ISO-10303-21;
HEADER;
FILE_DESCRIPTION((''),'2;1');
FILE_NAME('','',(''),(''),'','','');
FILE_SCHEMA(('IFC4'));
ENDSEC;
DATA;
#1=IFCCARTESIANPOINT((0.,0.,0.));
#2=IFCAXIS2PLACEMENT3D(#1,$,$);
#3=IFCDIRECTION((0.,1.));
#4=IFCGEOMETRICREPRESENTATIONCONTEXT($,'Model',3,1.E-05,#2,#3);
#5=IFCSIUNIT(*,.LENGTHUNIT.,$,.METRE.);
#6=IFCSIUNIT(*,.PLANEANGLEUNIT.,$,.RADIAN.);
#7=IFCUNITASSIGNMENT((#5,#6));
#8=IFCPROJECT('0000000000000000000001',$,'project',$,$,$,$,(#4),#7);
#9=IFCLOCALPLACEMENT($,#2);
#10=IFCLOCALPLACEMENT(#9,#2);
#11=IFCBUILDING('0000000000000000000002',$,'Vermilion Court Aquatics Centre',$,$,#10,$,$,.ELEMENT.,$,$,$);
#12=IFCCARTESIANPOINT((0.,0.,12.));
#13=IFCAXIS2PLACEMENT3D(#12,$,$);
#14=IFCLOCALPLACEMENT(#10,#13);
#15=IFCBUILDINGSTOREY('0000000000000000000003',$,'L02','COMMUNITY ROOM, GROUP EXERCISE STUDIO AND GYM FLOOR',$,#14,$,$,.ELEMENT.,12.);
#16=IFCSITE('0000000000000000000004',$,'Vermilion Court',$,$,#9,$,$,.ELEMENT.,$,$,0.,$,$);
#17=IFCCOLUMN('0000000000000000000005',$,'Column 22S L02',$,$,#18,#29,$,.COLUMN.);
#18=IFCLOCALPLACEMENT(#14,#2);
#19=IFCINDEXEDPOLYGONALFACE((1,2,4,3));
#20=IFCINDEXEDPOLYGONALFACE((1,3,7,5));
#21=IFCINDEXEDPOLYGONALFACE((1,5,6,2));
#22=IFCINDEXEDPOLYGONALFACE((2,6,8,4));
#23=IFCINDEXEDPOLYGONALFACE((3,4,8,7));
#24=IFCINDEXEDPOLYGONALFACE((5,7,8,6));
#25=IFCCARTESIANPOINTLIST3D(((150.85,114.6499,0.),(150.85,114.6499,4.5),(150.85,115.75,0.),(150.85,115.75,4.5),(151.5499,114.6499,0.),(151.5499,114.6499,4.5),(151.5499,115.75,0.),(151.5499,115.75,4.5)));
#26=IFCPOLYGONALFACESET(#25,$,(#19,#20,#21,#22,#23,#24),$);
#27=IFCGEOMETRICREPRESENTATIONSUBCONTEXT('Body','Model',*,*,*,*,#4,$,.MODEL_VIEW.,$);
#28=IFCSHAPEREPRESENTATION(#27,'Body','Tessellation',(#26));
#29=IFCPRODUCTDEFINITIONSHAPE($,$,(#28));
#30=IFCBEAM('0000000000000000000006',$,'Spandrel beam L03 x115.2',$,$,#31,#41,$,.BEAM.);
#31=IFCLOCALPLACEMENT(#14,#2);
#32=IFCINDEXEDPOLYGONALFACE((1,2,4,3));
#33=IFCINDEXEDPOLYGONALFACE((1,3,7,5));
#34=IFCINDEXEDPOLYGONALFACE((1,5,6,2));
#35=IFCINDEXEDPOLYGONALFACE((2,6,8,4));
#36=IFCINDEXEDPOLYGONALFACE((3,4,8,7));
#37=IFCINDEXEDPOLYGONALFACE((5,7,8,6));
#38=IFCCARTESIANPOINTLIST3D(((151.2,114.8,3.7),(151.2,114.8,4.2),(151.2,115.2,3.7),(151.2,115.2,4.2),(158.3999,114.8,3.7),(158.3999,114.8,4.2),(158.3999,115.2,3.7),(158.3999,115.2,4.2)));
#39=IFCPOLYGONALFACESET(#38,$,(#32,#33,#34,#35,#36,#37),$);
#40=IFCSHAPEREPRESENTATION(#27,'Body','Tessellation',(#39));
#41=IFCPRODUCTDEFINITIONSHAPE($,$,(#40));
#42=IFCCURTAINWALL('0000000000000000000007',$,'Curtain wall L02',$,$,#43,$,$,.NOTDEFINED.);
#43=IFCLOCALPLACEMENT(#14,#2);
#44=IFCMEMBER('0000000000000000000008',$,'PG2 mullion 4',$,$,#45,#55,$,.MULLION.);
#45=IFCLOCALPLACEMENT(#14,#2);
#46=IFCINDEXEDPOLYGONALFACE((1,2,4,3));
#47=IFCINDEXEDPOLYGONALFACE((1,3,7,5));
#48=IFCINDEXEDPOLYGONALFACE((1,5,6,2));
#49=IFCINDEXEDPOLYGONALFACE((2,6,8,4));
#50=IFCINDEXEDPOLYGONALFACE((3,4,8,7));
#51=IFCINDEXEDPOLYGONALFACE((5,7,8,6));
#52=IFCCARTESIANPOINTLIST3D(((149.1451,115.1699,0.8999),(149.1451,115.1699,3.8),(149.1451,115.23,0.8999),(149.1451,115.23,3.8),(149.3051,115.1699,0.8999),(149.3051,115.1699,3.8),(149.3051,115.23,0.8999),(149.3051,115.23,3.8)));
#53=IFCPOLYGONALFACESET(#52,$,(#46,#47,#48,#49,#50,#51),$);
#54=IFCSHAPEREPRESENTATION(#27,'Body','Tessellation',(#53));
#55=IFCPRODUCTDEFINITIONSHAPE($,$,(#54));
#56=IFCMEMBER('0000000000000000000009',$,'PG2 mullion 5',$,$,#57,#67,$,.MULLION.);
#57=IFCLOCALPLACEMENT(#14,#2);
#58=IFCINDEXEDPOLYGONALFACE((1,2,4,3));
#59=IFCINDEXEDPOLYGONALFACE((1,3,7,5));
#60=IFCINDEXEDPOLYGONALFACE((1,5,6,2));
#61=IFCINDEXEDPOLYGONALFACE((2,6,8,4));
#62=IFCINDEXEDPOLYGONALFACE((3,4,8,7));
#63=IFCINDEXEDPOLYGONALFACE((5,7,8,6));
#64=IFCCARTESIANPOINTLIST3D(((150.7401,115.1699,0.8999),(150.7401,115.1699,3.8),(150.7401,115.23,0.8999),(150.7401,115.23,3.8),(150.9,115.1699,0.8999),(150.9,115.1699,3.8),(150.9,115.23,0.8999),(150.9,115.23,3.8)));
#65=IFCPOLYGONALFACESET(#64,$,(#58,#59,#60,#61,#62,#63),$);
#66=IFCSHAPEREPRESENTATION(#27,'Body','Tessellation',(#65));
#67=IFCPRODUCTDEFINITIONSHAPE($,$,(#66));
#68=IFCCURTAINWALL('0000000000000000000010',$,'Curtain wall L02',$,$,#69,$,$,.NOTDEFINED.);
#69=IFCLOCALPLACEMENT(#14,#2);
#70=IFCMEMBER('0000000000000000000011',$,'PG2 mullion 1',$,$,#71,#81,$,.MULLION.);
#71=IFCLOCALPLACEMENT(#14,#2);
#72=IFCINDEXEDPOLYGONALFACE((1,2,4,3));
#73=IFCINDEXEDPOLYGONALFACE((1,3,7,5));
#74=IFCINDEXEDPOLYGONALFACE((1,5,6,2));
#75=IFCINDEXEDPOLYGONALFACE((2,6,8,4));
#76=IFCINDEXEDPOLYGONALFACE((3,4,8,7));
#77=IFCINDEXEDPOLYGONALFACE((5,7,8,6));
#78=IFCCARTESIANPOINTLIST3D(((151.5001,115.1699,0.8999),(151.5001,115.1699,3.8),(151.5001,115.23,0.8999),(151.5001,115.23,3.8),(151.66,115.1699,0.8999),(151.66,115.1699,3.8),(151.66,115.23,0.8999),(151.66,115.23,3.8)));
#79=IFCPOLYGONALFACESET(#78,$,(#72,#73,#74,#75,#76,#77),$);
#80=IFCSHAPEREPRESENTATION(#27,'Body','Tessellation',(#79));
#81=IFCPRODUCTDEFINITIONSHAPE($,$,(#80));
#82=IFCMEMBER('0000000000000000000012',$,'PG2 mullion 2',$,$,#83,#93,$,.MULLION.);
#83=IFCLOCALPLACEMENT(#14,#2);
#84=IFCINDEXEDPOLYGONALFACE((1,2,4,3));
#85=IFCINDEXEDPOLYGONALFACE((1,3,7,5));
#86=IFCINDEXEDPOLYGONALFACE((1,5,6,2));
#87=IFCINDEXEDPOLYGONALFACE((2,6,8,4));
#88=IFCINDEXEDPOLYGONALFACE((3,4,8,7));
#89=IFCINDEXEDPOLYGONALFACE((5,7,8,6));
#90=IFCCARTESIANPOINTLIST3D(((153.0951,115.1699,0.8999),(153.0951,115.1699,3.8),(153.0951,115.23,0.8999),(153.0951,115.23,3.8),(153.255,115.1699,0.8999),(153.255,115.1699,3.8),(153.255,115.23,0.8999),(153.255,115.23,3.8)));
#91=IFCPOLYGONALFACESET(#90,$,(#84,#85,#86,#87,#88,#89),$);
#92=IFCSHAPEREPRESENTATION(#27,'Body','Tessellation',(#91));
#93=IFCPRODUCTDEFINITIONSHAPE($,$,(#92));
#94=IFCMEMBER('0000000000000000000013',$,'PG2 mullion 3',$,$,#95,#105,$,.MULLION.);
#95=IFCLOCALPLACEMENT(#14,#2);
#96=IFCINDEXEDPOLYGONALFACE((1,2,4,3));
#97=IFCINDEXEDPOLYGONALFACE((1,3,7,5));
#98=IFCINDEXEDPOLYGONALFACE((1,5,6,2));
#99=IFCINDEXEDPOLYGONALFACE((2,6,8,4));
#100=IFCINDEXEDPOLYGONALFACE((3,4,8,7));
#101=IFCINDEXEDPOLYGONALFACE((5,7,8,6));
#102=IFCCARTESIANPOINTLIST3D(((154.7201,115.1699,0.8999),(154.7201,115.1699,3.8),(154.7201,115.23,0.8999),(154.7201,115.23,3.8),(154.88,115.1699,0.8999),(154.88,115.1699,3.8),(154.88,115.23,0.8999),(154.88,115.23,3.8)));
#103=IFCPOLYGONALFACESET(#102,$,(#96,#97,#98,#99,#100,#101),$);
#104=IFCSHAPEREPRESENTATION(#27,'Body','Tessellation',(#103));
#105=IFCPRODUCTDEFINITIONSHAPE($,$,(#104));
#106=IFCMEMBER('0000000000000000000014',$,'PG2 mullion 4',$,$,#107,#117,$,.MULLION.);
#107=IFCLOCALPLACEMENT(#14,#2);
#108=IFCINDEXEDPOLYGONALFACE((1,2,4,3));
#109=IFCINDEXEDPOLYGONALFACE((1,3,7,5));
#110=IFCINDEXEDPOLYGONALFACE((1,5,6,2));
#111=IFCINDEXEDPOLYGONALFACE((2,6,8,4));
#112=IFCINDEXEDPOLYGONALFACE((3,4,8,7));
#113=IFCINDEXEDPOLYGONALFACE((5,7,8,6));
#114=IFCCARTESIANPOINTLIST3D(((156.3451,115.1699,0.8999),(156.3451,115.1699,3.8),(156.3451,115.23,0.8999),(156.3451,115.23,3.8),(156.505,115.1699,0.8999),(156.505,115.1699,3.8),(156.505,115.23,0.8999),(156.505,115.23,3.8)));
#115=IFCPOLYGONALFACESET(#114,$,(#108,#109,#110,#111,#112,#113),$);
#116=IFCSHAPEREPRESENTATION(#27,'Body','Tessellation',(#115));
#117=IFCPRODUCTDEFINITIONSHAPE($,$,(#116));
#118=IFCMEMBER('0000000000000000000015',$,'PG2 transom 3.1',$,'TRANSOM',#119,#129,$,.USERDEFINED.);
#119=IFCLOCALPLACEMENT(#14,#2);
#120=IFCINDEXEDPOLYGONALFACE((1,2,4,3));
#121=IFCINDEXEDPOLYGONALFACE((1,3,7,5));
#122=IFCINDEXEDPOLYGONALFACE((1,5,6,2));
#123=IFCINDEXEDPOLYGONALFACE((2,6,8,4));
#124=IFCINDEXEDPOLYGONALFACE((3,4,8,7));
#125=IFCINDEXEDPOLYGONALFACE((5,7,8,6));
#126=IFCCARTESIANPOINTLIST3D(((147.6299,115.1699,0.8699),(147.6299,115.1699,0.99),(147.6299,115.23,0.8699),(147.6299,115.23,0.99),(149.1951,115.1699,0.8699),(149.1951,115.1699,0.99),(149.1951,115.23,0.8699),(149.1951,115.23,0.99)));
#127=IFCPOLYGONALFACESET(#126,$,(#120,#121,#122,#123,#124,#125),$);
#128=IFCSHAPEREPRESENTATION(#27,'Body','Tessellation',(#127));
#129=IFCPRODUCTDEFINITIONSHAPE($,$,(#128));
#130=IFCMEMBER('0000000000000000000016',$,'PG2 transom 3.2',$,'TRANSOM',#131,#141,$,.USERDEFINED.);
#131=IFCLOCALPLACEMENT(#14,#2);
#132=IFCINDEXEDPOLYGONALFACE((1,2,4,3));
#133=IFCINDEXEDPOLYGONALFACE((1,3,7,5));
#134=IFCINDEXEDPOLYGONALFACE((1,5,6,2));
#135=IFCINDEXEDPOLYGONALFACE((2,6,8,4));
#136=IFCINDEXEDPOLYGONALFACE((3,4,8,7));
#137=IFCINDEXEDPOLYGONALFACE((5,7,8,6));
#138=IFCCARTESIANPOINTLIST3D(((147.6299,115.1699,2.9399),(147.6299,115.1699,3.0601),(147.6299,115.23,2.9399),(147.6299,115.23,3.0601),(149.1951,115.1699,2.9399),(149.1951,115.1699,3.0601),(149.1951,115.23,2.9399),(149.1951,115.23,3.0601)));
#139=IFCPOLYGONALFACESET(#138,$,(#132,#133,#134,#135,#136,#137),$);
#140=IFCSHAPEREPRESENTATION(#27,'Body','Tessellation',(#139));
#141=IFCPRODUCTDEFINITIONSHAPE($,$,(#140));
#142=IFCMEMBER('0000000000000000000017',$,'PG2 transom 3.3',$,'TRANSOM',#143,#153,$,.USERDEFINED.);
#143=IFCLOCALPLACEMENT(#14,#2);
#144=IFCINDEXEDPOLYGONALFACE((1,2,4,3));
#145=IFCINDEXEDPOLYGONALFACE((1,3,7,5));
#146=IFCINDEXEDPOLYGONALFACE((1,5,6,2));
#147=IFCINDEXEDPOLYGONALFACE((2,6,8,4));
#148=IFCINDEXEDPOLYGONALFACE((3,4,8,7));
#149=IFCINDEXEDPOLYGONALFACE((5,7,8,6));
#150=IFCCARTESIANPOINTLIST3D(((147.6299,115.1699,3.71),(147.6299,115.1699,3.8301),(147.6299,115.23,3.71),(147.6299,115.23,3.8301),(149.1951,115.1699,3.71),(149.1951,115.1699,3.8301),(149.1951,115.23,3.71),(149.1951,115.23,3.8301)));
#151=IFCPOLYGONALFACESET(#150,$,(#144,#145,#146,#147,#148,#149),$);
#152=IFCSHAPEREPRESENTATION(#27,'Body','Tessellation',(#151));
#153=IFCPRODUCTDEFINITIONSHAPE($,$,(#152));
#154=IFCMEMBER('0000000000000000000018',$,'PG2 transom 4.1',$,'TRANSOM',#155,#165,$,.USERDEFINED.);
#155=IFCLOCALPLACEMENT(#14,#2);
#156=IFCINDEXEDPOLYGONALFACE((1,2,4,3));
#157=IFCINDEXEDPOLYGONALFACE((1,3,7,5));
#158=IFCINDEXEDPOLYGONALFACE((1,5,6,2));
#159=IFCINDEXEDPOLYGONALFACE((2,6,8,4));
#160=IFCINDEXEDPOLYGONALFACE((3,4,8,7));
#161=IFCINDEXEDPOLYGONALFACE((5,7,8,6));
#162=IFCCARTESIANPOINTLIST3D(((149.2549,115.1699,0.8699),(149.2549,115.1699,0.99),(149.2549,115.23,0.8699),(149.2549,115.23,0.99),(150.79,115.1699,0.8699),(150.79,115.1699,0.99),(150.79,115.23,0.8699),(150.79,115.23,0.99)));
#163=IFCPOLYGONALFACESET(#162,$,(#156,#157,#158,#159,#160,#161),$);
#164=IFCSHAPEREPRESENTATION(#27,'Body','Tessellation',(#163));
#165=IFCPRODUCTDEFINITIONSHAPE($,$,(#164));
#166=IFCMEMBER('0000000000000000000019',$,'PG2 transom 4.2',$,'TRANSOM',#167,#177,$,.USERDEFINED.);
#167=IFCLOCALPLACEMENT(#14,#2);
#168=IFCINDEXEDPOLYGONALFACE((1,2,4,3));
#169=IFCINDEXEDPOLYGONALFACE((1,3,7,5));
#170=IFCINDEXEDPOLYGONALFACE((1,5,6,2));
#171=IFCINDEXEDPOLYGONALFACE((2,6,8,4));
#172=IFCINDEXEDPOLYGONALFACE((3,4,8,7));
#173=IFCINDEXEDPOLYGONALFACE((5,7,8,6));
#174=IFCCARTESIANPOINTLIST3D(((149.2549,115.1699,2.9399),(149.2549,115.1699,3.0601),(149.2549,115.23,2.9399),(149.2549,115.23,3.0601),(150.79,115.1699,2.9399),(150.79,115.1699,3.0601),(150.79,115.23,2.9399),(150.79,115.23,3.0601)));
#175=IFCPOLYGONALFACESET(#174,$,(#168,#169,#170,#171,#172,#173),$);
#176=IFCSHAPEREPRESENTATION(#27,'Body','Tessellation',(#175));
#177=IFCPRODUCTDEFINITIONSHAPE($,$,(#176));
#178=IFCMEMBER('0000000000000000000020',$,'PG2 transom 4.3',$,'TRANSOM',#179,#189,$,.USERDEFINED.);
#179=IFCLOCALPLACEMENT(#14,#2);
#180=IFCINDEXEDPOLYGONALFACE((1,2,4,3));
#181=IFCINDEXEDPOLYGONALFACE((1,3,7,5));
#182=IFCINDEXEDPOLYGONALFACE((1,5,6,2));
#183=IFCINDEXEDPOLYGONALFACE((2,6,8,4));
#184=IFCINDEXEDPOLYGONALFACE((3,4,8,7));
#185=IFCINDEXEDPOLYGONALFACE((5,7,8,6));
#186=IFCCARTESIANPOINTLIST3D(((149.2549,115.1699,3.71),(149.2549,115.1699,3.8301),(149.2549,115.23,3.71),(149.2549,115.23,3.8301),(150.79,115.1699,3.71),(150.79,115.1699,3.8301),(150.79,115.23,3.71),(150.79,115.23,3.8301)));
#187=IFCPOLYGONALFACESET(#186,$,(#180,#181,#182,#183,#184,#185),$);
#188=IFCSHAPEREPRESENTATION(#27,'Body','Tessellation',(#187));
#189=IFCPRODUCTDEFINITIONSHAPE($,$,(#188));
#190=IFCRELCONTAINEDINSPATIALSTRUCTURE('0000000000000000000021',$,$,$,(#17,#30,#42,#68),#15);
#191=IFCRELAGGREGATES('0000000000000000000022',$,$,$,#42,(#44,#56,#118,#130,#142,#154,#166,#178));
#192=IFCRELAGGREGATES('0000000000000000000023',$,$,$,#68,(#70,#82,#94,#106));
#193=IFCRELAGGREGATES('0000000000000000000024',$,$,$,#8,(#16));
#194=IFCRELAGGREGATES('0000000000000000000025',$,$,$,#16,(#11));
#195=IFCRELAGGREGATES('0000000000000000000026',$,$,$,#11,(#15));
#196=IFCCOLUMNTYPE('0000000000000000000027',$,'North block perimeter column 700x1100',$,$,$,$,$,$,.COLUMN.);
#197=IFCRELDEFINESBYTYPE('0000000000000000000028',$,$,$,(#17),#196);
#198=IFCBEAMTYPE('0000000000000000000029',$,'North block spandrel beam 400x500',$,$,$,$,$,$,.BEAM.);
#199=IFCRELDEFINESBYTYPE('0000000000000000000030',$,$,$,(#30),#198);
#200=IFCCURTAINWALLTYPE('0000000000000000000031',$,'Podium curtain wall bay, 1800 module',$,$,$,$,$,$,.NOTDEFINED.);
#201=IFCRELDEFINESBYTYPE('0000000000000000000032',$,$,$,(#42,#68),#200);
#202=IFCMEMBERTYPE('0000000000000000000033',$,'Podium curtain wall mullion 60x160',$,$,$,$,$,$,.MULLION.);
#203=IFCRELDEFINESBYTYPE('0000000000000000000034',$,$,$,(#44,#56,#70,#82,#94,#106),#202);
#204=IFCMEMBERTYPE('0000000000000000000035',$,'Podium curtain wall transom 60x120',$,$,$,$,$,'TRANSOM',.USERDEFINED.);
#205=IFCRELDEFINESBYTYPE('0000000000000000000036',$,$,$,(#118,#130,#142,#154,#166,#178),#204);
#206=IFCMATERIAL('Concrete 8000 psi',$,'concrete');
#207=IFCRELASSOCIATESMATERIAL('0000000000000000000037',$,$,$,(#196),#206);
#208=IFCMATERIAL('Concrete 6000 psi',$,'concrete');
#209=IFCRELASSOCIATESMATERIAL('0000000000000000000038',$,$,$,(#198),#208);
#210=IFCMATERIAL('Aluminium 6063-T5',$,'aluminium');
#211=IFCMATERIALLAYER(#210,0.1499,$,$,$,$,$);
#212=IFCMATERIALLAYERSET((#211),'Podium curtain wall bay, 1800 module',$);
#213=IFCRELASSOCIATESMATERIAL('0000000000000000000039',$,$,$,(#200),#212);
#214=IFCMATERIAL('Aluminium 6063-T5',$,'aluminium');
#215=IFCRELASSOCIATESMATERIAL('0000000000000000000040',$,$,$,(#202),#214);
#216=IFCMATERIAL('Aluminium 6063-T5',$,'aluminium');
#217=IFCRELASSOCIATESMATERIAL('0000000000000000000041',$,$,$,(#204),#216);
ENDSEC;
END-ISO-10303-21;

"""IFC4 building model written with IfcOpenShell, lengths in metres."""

from ifc_helpers import new_model, si_unit, direction, frame, origin, origin_2d, place, context, subcontext, project, spatial, rectangle, extrude, material, layer, layer_set, material_profile, profile_set, type_object, element, aggregate, save


model = new_model("IFC4")

# Units and contexts
model_context = context("Model", 3, precision=1e-05, world=origin(), true_north=direction((0.0, 1.0)))
body_context = subcontext(model_context, "Body", "Model", "MODEL_VIEW")
ifc_project = project(units=[si_unit("LENGTHUNIT", "METRE"), si_unit("PLANEANGLEUNIT", "RADIAN")], contexts=[model_context])

# Site, building, storey
site_placement = place(None, origin())
site = spatial("IfcSite", under=ifc_project, at=site_placement, Name="Vermilion Court", CompositionType="ELEMENT", RefElevation=0.0)
building_placement = place(site_placement, origin())
building = spatial("IfcBuilding", under=site, at=building_placement, Name="Vermilion Court Aquatics Centre", CompositionType="ELEMENT")
storey_placement = place(building_placement, frame((0.0, 0.0, 12.0)))
storey = spatial("IfcBuildingStorey", under=building, at=storey_placement, Name="L02", Description="COMMUNITY ROOM, GROUP EXERCISE STUDIO AND GYM FLOOR", CompositionType="ELEMENT", Elevation=12.0)

# Column
ifc_material_1 = material(Name="Concrete 8000 psi", Category="concrete")
ifc_material_profile_1 = material_profile(ifc_material_1, rectangle(XDim=0.7, YDim=1.1001, at=origin_2d()), Name="RC 700x1100")
ifc_profile_set_1 = profile_set([ifc_material_profile_1], Name="Concrete 8000 psi")
column_type = type_object("IfcColumnType", Name="North block perimeter column 700x1100", PredefinedType="COLUMN", material=ifc_profile_set_1)
column_placement = place(storey_placement, frame((151.2, 115.2, 0.0), z_axis=(0.0, 0.0, 1.0), x_axis=(1.0, 0.0, 0.0)))
element("IfcColumn", 1, at=column_placement, inside=storey, type_object=column_type, Name="Column 22S L02", PredefinedType="COLUMN", context=body_context, shape_type="SweptSolid", body=[
    extrude(rectangle(XDim=0.7, YDim=1.1001, at=origin_2d()), origin(), (0.0, 0.0, 1.0), 4.5),
])

# Beam
ifc_material_2 = material(Name="Concrete 6000 psi", Category="concrete")
ifc_material_profile_2 = material_profile(ifc_material_2, rectangle(XDim=0.3999, YDim=0.5, at=origin_2d()), Name="RC 400x500")
ifc_profile_set_2 = profile_set([ifc_material_profile_2], Name="Concrete 6000 psi")
beam_type = type_object("IfcBeamType", Name="North block spandrel beam 400x500", PredefinedType="BEAM", material=ifc_profile_set_2)
beam_placement = place(storey_placement, frame((151.2, 115.0, 3.95), z_axis=(1.0, 0.0, 0.0), x_axis=(0.0, 1.0, 0.0)))
element("IfcBeam", 2, at=beam_placement, inside=storey, type_object=beam_type, Name="Spandrel beam L03 x115.2", PredefinedType="BEAM", context=body_context, shape_type="SweptSolid", body=[
    extrude(rectangle(XDim=0.3999, YDim=0.5, at=origin_2d()), origin(), (0.0, 0.0, 1.0), 7.2),
])

# Curtain walls, members
ifc_material_3 = material(Name="Aluminium 6063-T5", Category="aluminium")
ifc_layer_1 = layer(ifc_material_3, 0.1499)
ifc_layer_set_1 = layer_set([ifc_layer_1], Name="Podium curtain wall bay, 1800 module")
curtain_wall_type = type_object("IfcCurtainWallType", Name="Podium curtain wall bay, 1800 module", PredefinedType="NOTDEFINED", material=ifc_layer_set_1)
curtain_wall_1_placement = place(storey_placement, origin())
curtain_wall_1 = element("IfcCurtainWall", 3, at=curtain_wall_1_placement, inside=storey, type_object=curtain_wall_type, Name="Curtain wall L02", PredefinedType="NOTDEFINED")
ifc_material_4 = material(Name="Aluminium 6063-T5", Category="aluminium")
ifc_material_profile_3 = material_profile(ifc_material_4, rectangle(XDim=0.0601, YDim=0.1599, at=origin_2d()), Name="Mullion 60x160")
ifc_profile_set_3 = profile_set([ifc_material_profile_3], Name="Aluminium 6063-T5")
member_type_1 = type_object("IfcMemberType", Name="Podium curtain wall mullion 60x160", PredefinedType="MULLION", material=ifc_profile_set_3)
member_1_placement = place(storey_placement, frame((149.2251, 115.2, 0.8999), z_axis=(0.0, 0.0, 1.0), x_axis=(0.0, 1.0, 0.0)))
member_1 = element("IfcMember", 4, at=member_1_placement, type_object=member_type_1, Name="PG2 mullion 4", PredefinedType="MULLION", context=body_context, shape_type="SweptSolid", body=[
    extrude(rectangle(XDim=0.0601, YDim=0.1599, at=origin_2d()), origin(), (0.0, 0.0, 1.0), 2.9001),
])
member_2_placement = place(storey_placement, frame((150.8201, 115.2, 0.8999), z_axis=(0.0, 0.0, 1.0), x_axis=(0.0, 1.0, 0.0)))
member_2 = element("IfcMember", 5, at=member_2_placement, type_object=member_type_1, Name="PG2 mullion 5", PredefinedType="MULLION", context=body_context, shape_type="SweptSolid", body=[
    extrude(rectangle(XDim=0.0601, YDim=0.1599, at=origin_2d()), origin(), (0.0, 0.0, 1.0), 2.9001),
])
curtain_wall_2_placement = place(storey_placement, origin())
curtain_wall_2 = element("IfcCurtainWall", 6, at=curtain_wall_2_placement, inside=storey, type_object=curtain_wall_type, Name="Curtain wall L02", PredefinedType="NOTDEFINED")
member_3_placement = place(storey_placement, frame((151.5801, 115.2, 0.8999), z_axis=(0.0, 0.0, 1.0), x_axis=(0.0, 1.0, 0.0)))
member_3 = element("IfcMember", 7, at=member_3_placement, type_object=member_type_1, Name="PG2 mullion 1", PredefinedType="MULLION", context=body_context, shape_type="SweptSolid", body=[
    extrude(rectangle(XDim=0.0601, YDim=0.1599, at=origin_2d()), origin(), (0.0, 0.0, 1.0), 2.9001),
])
member_4_placement = place(storey_placement, frame((153.175, 115.2, 0.8999), z_axis=(0.0, 0.0, 1.0), x_axis=(0.0, 1.0, 0.0)))
member_4 = element("IfcMember", 8, at=member_4_placement, type_object=member_type_1, Name="PG2 mullion 2", PredefinedType="MULLION", context=body_context, shape_type="SweptSolid", body=[
    extrude(rectangle(XDim=0.0601, YDim=0.1599, at=origin_2d()), origin(), (0.0, 0.0, 1.0), 2.9001),
])
member_5_placement = place(storey_placement, frame((154.8, 115.2, 0.8999), z_axis=(0.0, 0.0, 1.0), x_axis=(0.0, 1.0, 0.0)))
member_5 = element("IfcMember", 9, at=member_5_placement, type_object=member_type_1, Name="PG2 mullion 3", PredefinedType="MULLION", context=body_context, shape_type="SweptSolid", body=[
    extrude(rectangle(XDim=0.0601, YDim=0.1599, at=origin_2d()), origin(), (0.0, 0.0, 1.0), 2.9001),
])
member_6_placement = place(storey_placement, frame((156.425, 115.2, 0.8999), z_axis=(0.0, 0.0, 1.0), x_axis=(0.0, 1.0, 0.0)))
member_6 = element("IfcMember", 10, at=member_6_placement, type_object=member_type_1, Name="PG2 mullion 4", PredefinedType="MULLION", context=body_context, shape_type="SweptSolid", body=[
    extrude(rectangle(XDim=0.0601, YDim=0.1599, at=origin_2d()), origin(), (0.0, 0.0, 1.0), 2.9001),
])

# Members
ifc_material_5 = material(Name="Aluminium 6063-T5", Category="aluminium")
ifc_material_profile_4 = material_profile(ifc_material_5, rectangle(XDim=0.0601, YDim=0.1201, at=origin_2d()), Name="Transom 60x120")
ifc_profile_set_4 = profile_set([ifc_material_profile_4], Name="Aluminium 6063-T5")
member_type_2 = type_object("IfcMemberType", Name="Podium curtain wall transom 60x120", ElementType="TRANSOM", PredefinedType="USERDEFINED", material=ifc_profile_set_4)
member_7_placement = place(storey_placement, frame((147.6299, 115.2, 0.9299), z_axis=(1.0, 0.0, 0.0), x_axis=(0.0, 1.0, 0.0)))
member_7 = element("IfcMember", 11, at=member_7_placement, type_object=member_type_2, Name="PG2 transom 3.1", ObjectType="TRANSOM", PredefinedType="USERDEFINED", context=body_context, shape_type="SweptSolid", body=[
    extrude(rectangle(XDim=0.0601, YDim=0.1201, at=origin_2d()), origin(), (0.0, 0.0, 1.0), 1.5652),
])
member_8_placement = place(storey_placement, frame((147.6299, 115.2, 3.0), z_axis=(1.0, 0.0, 0.0), x_axis=(0.0, 1.0, 0.0)))
member_8 = element("IfcMember", 12, at=member_8_placement, type_object=member_type_2, Name="PG2 transom 3.2", ObjectType="TRANSOM", PredefinedType="USERDEFINED", context=body_context, shape_type="SweptSolid", body=[
    extrude(rectangle(XDim=0.0601, YDim=0.1201, at=origin_2d()), origin(), (0.0, 0.0, 1.0), 1.5652),
])
member_9_placement = place(storey_placement, frame((147.6299, 115.2, 3.77), z_axis=(1.0, 0.0, 0.0), x_axis=(0.0, 1.0, 0.0)))
member_9 = element("IfcMember", 13, at=member_9_placement, type_object=member_type_2, Name="PG2 transom 3.3", ObjectType="TRANSOM", PredefinedType="USERDEFINED", context=body_context, shape_type="SweptSolid", body=[
    extrude(rectangle(XDim=0.0601, YDim=0.1201, at=origin_2d()), origin(), (0.0, 0.0, 1.0), 1.5652),
])
member_10_placement = place(storey_placement, frame((149.2549, 115.2, 0.9299), z_axis=(1.0, 0.0, 0.0), x_axis=(0.0, 1.0, 0.0)))
member_10 = element("IfcMember", 14, at=member_10_placement, type_object=member_type_2, Name="PG2 transom 4.1", ObjectType="TRANSOM", PredefinedType="USERDEFINED", context=body_context, shape_type="SweptSolid", body=[
    extrude(rectangle(XDim=0.0601, YDim=0.1201, at=origin_2d()), origin(), (0.0, 0.0, 1.0), 1.5352),
])
member_11_placement = place(storey_placement, frame((149.2549, 115.2, 3.0), z_axis=(1.0, 0.0, 0.0), x_axis=(0.0, 1.0, 0.0)))
member_11 = element("IfcMember", 15, at=member_11_placement, type_object=member_type_2, Name="PG2 transom 4.2", ObjectType="TRANSOM", PredefinedType="USERDEFINED", context=body_context, shape_type="SweptSolid", body=[
    extrude(rectangle(XDim=0.0601, YDim=0.1201, at=origin_2d()), origin(), (0.0, 0.0, 1.0), 1.5352),
])
member_12_placement = place(storey_placement, frame((149.2549, 115.2, 3.77), z_axis=(1.0, 0.0, 0.0), x_axis=(0.0, 1.0, 0.0)))
member_12 = element("IfcMember", 16, at=member_12_placement, type_object=member_type_2, Name="PG2 transom 4.3", ObjectType="TRANSOM", PredefinedType="USERDEFINED", context=body_context, shape_type="SweptSolid", body=[
    extrude(rectangle(XDim=0.0601, YDim=0.1201, at=origin_2d()), origin(), (0.0, 0.0, 1.0), 1.5352),
])

aggregate(curtain_wall_1, [member_1, member_2, member_7, member_8, member_9, member_10, member_11, member_12])
aggregate(curtain_wall_2, [member_3, member_4, member_5, member_6])

save(model, "model.ifc")
